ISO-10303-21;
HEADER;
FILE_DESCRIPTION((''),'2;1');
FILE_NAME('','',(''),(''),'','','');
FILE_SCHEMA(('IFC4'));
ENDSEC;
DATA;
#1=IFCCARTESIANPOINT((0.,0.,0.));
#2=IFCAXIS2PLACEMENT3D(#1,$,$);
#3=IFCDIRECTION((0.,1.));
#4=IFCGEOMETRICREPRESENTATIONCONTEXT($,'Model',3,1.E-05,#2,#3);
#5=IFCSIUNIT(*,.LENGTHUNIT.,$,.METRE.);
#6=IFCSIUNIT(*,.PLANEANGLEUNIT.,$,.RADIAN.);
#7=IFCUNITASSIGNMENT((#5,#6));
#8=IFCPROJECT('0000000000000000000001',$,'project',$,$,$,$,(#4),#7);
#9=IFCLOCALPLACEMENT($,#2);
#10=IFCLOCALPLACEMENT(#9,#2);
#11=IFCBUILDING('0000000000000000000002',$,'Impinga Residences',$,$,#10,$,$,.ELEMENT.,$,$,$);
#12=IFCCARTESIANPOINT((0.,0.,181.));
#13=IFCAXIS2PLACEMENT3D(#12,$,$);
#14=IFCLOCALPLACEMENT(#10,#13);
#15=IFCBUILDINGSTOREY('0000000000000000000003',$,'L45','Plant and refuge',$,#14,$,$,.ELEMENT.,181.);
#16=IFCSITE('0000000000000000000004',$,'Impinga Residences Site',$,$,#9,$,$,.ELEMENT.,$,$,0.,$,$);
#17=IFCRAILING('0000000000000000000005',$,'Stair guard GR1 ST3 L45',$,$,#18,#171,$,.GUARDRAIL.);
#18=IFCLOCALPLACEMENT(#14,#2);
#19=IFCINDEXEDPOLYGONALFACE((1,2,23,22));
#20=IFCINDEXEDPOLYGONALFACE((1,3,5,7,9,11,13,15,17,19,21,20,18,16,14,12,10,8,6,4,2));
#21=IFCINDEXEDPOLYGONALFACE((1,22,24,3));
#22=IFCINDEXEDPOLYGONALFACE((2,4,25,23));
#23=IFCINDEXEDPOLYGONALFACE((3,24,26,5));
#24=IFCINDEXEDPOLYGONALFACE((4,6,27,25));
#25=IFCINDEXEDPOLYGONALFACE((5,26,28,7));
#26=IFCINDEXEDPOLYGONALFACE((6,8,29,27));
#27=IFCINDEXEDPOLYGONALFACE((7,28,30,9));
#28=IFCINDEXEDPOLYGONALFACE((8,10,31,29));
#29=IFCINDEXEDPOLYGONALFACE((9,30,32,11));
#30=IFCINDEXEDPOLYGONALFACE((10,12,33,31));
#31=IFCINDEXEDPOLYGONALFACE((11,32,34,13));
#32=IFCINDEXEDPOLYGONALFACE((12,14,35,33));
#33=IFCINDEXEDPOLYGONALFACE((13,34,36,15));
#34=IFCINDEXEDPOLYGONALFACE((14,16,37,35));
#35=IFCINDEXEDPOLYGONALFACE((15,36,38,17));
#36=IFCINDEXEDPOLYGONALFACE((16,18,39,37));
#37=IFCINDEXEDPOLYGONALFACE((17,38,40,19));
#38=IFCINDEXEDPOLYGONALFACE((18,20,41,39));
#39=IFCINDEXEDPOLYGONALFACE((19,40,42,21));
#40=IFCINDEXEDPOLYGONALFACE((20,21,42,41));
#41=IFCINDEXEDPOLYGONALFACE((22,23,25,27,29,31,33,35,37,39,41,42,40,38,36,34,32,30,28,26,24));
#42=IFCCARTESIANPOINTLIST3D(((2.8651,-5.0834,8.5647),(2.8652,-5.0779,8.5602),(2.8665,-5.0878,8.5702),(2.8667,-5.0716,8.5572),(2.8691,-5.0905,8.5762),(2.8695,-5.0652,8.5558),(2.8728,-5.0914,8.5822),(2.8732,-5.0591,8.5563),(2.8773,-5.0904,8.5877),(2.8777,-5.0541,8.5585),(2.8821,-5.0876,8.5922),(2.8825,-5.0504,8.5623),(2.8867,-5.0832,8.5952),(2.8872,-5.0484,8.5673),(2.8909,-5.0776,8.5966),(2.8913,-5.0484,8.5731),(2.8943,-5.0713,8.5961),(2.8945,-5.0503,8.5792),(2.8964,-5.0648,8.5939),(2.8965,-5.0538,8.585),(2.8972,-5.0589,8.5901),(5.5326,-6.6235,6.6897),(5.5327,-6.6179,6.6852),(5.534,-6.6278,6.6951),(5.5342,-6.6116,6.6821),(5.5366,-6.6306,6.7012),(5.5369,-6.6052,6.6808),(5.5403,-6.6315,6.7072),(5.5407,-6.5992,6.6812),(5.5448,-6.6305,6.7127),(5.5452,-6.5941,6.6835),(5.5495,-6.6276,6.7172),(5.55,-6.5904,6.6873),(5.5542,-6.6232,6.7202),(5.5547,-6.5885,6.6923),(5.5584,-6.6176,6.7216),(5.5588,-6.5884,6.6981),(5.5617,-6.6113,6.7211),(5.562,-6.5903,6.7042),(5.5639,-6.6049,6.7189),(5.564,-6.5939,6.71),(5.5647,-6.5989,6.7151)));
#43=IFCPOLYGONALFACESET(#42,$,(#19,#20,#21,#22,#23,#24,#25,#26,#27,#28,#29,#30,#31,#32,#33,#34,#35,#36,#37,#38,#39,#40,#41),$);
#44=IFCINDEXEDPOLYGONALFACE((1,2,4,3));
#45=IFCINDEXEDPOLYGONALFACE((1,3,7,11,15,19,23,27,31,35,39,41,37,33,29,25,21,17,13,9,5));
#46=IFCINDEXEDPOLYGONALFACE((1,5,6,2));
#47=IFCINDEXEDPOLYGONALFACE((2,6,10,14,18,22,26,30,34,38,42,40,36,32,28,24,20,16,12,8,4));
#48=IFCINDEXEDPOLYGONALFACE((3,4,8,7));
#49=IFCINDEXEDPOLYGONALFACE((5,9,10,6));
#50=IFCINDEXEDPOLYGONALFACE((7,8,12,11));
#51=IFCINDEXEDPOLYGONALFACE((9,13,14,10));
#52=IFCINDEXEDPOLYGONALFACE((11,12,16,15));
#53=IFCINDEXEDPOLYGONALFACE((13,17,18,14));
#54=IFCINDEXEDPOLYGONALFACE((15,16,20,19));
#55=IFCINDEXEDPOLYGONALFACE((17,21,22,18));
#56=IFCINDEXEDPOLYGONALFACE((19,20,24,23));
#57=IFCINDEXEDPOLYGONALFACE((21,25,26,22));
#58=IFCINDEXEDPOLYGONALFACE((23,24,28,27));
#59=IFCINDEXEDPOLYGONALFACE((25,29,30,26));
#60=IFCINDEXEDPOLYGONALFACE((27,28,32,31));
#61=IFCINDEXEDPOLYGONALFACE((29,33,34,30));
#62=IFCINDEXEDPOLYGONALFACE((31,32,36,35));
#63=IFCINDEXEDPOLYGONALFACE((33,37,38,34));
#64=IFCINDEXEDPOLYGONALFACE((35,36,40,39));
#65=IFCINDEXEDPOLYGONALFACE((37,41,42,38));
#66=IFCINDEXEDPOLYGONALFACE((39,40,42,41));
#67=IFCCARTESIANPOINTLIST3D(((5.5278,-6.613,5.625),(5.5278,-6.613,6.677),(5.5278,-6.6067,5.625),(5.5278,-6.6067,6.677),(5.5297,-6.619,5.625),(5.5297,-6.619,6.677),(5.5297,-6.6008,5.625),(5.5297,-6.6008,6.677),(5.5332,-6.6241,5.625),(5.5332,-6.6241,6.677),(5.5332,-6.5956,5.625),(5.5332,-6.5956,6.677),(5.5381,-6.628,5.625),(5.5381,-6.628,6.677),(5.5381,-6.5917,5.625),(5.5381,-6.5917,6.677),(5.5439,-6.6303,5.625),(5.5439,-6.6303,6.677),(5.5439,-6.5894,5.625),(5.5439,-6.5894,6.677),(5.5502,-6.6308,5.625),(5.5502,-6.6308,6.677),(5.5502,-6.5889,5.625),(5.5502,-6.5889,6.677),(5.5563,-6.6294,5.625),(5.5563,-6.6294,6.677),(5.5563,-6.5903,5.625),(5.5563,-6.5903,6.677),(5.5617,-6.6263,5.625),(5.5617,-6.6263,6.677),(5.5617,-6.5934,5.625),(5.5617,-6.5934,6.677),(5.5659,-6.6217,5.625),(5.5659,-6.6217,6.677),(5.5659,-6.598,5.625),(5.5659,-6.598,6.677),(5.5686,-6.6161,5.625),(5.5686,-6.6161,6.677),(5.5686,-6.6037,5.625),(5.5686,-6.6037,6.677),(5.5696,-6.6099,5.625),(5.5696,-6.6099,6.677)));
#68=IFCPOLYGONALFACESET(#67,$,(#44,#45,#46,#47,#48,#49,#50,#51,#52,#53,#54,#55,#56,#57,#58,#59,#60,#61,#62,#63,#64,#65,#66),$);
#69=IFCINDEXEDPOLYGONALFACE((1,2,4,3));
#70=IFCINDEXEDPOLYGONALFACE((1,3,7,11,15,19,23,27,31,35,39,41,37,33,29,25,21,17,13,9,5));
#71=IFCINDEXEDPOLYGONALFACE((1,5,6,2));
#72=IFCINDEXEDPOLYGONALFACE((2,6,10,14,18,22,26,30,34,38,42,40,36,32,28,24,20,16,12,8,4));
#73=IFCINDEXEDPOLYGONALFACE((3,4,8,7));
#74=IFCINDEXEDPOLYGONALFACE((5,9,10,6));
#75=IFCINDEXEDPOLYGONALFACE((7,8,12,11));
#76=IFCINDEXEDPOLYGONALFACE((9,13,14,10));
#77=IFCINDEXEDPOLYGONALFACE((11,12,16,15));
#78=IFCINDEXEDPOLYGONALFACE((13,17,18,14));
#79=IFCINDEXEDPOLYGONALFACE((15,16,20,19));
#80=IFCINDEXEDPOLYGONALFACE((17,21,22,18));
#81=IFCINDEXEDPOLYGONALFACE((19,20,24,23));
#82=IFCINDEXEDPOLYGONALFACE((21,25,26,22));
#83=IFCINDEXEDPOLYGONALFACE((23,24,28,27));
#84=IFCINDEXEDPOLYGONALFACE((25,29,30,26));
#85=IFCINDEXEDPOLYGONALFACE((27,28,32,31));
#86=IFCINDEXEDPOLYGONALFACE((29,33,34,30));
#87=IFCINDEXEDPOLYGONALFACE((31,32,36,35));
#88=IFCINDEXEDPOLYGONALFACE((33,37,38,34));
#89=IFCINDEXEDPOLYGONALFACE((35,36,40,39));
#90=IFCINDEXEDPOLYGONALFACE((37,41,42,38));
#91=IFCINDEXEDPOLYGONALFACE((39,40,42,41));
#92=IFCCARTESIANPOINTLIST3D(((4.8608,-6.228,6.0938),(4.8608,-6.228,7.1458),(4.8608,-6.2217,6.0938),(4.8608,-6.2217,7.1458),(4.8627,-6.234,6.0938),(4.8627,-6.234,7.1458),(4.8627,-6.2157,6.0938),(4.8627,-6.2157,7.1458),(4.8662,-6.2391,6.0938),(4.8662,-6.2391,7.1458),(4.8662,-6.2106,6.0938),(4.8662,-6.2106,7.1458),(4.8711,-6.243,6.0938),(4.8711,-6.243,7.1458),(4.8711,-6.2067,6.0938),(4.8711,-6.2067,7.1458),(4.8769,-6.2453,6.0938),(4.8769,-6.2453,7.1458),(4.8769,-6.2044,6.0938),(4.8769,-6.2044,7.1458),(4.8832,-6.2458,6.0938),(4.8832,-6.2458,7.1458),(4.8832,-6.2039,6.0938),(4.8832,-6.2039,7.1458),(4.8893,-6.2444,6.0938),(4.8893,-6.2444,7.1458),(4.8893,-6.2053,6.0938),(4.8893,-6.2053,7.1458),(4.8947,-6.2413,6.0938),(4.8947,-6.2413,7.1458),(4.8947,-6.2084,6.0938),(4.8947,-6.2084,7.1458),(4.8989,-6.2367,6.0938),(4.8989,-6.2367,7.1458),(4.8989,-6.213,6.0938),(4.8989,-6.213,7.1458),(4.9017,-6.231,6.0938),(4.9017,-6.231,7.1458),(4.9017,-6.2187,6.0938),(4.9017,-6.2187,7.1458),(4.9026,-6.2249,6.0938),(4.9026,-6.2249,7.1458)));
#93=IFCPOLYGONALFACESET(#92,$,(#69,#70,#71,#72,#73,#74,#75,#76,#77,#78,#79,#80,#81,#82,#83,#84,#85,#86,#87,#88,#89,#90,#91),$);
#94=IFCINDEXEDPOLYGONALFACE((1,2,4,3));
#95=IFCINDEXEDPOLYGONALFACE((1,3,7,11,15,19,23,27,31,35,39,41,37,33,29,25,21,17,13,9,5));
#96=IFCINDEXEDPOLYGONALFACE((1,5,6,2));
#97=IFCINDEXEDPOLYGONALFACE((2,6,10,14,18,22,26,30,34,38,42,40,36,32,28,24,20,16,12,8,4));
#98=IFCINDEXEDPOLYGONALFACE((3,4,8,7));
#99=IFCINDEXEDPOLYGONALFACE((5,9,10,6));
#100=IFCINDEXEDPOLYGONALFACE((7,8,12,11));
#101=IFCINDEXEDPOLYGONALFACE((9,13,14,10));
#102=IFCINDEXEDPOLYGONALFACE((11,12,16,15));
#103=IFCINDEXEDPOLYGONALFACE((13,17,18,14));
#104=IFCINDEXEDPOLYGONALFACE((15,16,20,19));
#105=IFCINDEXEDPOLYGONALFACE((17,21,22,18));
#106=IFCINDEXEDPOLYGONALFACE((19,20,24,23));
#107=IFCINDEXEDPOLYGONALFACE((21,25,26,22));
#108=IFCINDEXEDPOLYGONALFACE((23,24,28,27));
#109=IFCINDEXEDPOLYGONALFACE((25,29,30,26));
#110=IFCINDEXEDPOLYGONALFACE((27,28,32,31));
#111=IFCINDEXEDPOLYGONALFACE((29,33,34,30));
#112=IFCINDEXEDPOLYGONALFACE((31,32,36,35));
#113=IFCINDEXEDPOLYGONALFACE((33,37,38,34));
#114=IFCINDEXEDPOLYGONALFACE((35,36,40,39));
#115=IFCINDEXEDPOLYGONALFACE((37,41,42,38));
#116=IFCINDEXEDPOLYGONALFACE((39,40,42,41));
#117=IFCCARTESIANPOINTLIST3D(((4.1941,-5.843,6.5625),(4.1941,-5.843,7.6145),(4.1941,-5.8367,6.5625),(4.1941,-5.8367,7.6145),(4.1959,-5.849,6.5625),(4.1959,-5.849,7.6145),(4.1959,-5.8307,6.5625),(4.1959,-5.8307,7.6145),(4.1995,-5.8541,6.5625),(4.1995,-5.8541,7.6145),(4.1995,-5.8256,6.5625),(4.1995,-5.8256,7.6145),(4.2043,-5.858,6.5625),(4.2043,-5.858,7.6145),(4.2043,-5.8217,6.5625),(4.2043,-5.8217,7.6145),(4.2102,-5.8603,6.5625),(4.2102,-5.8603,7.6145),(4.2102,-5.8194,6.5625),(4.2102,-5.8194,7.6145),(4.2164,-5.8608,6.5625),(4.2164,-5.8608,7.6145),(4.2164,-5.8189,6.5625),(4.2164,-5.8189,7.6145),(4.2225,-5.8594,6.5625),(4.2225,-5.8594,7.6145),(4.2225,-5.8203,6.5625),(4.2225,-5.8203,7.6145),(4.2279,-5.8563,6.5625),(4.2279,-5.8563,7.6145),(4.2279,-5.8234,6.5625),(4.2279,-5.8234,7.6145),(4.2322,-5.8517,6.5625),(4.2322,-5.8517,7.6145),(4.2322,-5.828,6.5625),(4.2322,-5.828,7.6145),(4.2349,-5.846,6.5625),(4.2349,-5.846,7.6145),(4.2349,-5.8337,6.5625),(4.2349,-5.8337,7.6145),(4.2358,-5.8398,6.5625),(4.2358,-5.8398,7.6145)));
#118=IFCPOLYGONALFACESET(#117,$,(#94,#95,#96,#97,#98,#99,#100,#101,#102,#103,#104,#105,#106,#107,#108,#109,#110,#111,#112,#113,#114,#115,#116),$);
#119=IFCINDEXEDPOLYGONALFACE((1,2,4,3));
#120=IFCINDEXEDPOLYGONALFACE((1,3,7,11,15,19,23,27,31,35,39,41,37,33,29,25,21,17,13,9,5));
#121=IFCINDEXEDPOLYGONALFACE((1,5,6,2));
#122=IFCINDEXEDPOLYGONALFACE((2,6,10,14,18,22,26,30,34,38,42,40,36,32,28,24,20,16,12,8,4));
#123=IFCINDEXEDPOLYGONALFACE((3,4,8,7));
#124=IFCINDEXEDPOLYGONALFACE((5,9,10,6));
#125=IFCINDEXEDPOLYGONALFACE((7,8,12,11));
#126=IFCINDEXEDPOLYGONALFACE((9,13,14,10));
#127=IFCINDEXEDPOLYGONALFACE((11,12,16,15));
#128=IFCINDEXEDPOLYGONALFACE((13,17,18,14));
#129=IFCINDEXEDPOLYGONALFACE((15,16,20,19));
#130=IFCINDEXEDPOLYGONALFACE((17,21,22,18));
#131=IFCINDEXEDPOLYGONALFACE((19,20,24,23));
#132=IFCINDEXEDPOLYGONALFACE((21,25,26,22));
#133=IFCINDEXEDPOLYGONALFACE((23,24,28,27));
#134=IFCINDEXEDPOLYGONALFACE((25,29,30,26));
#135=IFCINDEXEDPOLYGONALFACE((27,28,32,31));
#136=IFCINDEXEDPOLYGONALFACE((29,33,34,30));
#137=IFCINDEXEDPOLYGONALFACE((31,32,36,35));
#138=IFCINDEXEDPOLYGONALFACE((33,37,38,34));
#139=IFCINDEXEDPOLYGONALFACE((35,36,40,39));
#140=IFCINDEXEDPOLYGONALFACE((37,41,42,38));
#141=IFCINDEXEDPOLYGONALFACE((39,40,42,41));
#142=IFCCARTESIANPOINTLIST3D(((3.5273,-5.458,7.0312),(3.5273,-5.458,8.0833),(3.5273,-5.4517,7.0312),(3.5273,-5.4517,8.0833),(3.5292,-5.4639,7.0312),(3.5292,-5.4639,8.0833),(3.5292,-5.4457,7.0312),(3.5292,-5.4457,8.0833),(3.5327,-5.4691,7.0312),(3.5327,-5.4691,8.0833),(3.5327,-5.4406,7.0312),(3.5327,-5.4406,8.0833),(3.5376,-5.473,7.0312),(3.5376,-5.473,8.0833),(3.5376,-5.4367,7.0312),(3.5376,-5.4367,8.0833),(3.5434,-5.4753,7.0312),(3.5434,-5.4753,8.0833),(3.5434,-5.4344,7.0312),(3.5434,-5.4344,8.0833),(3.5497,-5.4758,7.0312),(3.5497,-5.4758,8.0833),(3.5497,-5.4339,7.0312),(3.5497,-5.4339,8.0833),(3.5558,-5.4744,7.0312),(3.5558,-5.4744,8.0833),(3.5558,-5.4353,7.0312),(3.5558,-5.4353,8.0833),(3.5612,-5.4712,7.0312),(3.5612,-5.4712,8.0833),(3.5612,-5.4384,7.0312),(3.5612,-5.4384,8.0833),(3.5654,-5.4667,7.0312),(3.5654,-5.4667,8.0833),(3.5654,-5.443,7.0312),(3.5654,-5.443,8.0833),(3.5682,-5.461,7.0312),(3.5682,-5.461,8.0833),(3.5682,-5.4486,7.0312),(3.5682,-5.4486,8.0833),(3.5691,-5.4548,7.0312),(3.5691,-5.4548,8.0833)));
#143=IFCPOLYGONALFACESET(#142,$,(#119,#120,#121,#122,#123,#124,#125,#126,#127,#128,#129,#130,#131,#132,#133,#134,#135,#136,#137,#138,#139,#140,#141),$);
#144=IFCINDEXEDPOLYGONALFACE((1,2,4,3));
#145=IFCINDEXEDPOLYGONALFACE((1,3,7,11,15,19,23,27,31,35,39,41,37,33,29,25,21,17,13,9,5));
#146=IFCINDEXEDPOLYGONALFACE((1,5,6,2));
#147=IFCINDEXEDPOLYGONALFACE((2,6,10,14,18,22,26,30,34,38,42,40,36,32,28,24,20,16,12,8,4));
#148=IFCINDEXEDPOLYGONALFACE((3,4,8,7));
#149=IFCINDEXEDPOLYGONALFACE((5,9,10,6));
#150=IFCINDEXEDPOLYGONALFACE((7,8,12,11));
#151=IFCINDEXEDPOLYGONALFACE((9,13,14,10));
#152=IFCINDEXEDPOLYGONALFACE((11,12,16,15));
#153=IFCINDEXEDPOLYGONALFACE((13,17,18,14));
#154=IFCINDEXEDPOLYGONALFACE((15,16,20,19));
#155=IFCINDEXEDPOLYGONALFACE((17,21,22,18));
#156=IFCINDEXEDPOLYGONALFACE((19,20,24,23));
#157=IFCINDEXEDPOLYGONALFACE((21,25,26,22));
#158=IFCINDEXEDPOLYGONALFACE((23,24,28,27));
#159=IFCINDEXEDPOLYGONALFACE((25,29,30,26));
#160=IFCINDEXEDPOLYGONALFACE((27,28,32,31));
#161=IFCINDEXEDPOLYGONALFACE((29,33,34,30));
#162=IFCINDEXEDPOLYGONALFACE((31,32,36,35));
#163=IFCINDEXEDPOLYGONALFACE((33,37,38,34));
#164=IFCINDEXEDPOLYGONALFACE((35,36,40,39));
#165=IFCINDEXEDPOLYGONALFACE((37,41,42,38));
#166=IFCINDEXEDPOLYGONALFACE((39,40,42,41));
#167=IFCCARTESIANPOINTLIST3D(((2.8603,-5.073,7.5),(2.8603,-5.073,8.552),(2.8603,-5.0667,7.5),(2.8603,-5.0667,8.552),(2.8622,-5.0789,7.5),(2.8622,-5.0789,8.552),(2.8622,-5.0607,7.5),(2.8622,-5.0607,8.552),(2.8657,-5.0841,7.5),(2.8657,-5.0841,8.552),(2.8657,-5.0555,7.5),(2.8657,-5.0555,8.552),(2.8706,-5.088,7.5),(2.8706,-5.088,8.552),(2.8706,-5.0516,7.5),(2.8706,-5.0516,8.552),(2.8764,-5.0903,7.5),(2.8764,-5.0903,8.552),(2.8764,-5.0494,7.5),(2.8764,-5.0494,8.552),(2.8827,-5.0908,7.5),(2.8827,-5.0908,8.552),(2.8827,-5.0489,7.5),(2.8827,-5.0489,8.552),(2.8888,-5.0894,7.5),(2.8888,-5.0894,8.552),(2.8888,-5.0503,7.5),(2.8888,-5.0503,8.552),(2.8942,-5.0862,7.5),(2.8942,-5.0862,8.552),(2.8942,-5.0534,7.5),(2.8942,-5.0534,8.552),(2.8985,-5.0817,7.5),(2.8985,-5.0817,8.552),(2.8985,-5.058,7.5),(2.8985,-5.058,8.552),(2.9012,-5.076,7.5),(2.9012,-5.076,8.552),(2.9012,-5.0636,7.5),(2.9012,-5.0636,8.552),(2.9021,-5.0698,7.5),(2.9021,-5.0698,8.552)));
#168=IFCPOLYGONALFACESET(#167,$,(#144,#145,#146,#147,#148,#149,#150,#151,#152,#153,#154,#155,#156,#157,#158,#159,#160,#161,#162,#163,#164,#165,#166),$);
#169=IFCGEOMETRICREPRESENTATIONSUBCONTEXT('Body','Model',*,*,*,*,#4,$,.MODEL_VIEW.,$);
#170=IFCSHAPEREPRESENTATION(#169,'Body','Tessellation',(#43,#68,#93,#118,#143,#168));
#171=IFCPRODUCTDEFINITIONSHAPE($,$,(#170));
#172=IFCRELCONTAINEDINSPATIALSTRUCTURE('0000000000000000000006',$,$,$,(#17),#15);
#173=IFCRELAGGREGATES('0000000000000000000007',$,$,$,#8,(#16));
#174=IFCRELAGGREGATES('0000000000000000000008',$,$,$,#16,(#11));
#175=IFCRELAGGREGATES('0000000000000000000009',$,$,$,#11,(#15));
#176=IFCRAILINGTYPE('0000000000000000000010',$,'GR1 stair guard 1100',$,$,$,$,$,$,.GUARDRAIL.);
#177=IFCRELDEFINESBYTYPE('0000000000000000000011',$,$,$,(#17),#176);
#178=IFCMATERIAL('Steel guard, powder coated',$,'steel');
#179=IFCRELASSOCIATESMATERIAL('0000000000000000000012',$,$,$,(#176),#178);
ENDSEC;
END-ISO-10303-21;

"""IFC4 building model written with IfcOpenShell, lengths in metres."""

from ifc_helpers import new_model, si_unit, direction, frame, origin, origin_2d, place, context, subcontext, project, spatial, circle, extrude, material, type_object, element, save


model = new_model("IFC4")

# Units and contexts
model_context = context("Model", 3, precision=1e-05, world=origin(), true_north=direction((0.0, 1.0)))
body_context = subcontext(model_context, "Body", "Model", "MODEL_VIEW")
ifc_project = project(units=[si_unit("LENGTHUNIT", "METRE"), si_unit("PLANEANGLEUNIT", "RADIAN")], contexts=[model_context])

# Site, building, storey
site_placement = place(None, origin())
site = spatial("IfcSite", under=ifc_project, at=site_placement, Name="Impinga Residences Site", CompositionType="ELEMENT", RefElevation=0.0)
building_placement = place(site_placement, origin())
building = spatial("IfcBuilding", under=site, at=building_placement, Name="Impinga Residences", CompositionType="ELEMENT")
storey_placement = place(building_placement, frame((0.0, 0.0, 181.0)))
storey = spatial("IfcBuildingStorey", under=building, at=storey_placement, Name="L45", Description="Plant and refuge", CompositionType="ELEMENT", Elevation=181.0)

# Railing
ifc_material_1 = material(Name="Steel guard, powder coated", Category="steel")
railing_type_1 = type_object("IfcRailingType", Name="GR1 stair guard 1100", PredefinedType="GUARDRAIL", material=ifc_material_1)
for number, where, name in (
    (1, (5.5486, -6.6099, 5.625), "Stair guard GR1 ST3 L45"),
):
    element("IfcRailing", number, at=place(storey_placement, frame(where)), inside=storey, type_object=railing_type_1, Name=name, PredefinedType="GUARDRAIL", context=body_context, shape_type="SweptSolid", body=[
        extrude(circle(Radius=0.0239, at=origin_2d()), frame((0.0, 0.0, 1.0762), z_axis=(-0.739746, 0.427084, 0.519975), x_axis=(-0.499992, -0.86603, 0.0)), (0.0, 0.0, 1.0), 3.606),
        extrude(circle(Radius=0.021, at=origin_2d()), origin(), (0.0, 0.0, 1.0), 1.052),
        extrude(circle(Radius=0.021, at=origin_2d()), frame((-0.667, 0.385, 0.4688)), (0.0, 0.0, 1.0), 1.052),
        extrude(circle(Radius=0.021, at=origin_2d()), frame((-1.3337, 0.77, 0.9375)), (0.0, 0.0, 1.0), 1.052),
        extrude(circle(Radius=0.021, at=origin_2d()), frame((-2.0005, 1.155, 1.4062)), (0.0, 0.0, 1.0), 1.052),
        extrude(circle(Radius=0.021, at=origin_2d()), frame((-2.6675, 1.54, 1.875)), (0.0, 0.0, 1.0), 1.052),
    ])

save(model, "model.ifc")
